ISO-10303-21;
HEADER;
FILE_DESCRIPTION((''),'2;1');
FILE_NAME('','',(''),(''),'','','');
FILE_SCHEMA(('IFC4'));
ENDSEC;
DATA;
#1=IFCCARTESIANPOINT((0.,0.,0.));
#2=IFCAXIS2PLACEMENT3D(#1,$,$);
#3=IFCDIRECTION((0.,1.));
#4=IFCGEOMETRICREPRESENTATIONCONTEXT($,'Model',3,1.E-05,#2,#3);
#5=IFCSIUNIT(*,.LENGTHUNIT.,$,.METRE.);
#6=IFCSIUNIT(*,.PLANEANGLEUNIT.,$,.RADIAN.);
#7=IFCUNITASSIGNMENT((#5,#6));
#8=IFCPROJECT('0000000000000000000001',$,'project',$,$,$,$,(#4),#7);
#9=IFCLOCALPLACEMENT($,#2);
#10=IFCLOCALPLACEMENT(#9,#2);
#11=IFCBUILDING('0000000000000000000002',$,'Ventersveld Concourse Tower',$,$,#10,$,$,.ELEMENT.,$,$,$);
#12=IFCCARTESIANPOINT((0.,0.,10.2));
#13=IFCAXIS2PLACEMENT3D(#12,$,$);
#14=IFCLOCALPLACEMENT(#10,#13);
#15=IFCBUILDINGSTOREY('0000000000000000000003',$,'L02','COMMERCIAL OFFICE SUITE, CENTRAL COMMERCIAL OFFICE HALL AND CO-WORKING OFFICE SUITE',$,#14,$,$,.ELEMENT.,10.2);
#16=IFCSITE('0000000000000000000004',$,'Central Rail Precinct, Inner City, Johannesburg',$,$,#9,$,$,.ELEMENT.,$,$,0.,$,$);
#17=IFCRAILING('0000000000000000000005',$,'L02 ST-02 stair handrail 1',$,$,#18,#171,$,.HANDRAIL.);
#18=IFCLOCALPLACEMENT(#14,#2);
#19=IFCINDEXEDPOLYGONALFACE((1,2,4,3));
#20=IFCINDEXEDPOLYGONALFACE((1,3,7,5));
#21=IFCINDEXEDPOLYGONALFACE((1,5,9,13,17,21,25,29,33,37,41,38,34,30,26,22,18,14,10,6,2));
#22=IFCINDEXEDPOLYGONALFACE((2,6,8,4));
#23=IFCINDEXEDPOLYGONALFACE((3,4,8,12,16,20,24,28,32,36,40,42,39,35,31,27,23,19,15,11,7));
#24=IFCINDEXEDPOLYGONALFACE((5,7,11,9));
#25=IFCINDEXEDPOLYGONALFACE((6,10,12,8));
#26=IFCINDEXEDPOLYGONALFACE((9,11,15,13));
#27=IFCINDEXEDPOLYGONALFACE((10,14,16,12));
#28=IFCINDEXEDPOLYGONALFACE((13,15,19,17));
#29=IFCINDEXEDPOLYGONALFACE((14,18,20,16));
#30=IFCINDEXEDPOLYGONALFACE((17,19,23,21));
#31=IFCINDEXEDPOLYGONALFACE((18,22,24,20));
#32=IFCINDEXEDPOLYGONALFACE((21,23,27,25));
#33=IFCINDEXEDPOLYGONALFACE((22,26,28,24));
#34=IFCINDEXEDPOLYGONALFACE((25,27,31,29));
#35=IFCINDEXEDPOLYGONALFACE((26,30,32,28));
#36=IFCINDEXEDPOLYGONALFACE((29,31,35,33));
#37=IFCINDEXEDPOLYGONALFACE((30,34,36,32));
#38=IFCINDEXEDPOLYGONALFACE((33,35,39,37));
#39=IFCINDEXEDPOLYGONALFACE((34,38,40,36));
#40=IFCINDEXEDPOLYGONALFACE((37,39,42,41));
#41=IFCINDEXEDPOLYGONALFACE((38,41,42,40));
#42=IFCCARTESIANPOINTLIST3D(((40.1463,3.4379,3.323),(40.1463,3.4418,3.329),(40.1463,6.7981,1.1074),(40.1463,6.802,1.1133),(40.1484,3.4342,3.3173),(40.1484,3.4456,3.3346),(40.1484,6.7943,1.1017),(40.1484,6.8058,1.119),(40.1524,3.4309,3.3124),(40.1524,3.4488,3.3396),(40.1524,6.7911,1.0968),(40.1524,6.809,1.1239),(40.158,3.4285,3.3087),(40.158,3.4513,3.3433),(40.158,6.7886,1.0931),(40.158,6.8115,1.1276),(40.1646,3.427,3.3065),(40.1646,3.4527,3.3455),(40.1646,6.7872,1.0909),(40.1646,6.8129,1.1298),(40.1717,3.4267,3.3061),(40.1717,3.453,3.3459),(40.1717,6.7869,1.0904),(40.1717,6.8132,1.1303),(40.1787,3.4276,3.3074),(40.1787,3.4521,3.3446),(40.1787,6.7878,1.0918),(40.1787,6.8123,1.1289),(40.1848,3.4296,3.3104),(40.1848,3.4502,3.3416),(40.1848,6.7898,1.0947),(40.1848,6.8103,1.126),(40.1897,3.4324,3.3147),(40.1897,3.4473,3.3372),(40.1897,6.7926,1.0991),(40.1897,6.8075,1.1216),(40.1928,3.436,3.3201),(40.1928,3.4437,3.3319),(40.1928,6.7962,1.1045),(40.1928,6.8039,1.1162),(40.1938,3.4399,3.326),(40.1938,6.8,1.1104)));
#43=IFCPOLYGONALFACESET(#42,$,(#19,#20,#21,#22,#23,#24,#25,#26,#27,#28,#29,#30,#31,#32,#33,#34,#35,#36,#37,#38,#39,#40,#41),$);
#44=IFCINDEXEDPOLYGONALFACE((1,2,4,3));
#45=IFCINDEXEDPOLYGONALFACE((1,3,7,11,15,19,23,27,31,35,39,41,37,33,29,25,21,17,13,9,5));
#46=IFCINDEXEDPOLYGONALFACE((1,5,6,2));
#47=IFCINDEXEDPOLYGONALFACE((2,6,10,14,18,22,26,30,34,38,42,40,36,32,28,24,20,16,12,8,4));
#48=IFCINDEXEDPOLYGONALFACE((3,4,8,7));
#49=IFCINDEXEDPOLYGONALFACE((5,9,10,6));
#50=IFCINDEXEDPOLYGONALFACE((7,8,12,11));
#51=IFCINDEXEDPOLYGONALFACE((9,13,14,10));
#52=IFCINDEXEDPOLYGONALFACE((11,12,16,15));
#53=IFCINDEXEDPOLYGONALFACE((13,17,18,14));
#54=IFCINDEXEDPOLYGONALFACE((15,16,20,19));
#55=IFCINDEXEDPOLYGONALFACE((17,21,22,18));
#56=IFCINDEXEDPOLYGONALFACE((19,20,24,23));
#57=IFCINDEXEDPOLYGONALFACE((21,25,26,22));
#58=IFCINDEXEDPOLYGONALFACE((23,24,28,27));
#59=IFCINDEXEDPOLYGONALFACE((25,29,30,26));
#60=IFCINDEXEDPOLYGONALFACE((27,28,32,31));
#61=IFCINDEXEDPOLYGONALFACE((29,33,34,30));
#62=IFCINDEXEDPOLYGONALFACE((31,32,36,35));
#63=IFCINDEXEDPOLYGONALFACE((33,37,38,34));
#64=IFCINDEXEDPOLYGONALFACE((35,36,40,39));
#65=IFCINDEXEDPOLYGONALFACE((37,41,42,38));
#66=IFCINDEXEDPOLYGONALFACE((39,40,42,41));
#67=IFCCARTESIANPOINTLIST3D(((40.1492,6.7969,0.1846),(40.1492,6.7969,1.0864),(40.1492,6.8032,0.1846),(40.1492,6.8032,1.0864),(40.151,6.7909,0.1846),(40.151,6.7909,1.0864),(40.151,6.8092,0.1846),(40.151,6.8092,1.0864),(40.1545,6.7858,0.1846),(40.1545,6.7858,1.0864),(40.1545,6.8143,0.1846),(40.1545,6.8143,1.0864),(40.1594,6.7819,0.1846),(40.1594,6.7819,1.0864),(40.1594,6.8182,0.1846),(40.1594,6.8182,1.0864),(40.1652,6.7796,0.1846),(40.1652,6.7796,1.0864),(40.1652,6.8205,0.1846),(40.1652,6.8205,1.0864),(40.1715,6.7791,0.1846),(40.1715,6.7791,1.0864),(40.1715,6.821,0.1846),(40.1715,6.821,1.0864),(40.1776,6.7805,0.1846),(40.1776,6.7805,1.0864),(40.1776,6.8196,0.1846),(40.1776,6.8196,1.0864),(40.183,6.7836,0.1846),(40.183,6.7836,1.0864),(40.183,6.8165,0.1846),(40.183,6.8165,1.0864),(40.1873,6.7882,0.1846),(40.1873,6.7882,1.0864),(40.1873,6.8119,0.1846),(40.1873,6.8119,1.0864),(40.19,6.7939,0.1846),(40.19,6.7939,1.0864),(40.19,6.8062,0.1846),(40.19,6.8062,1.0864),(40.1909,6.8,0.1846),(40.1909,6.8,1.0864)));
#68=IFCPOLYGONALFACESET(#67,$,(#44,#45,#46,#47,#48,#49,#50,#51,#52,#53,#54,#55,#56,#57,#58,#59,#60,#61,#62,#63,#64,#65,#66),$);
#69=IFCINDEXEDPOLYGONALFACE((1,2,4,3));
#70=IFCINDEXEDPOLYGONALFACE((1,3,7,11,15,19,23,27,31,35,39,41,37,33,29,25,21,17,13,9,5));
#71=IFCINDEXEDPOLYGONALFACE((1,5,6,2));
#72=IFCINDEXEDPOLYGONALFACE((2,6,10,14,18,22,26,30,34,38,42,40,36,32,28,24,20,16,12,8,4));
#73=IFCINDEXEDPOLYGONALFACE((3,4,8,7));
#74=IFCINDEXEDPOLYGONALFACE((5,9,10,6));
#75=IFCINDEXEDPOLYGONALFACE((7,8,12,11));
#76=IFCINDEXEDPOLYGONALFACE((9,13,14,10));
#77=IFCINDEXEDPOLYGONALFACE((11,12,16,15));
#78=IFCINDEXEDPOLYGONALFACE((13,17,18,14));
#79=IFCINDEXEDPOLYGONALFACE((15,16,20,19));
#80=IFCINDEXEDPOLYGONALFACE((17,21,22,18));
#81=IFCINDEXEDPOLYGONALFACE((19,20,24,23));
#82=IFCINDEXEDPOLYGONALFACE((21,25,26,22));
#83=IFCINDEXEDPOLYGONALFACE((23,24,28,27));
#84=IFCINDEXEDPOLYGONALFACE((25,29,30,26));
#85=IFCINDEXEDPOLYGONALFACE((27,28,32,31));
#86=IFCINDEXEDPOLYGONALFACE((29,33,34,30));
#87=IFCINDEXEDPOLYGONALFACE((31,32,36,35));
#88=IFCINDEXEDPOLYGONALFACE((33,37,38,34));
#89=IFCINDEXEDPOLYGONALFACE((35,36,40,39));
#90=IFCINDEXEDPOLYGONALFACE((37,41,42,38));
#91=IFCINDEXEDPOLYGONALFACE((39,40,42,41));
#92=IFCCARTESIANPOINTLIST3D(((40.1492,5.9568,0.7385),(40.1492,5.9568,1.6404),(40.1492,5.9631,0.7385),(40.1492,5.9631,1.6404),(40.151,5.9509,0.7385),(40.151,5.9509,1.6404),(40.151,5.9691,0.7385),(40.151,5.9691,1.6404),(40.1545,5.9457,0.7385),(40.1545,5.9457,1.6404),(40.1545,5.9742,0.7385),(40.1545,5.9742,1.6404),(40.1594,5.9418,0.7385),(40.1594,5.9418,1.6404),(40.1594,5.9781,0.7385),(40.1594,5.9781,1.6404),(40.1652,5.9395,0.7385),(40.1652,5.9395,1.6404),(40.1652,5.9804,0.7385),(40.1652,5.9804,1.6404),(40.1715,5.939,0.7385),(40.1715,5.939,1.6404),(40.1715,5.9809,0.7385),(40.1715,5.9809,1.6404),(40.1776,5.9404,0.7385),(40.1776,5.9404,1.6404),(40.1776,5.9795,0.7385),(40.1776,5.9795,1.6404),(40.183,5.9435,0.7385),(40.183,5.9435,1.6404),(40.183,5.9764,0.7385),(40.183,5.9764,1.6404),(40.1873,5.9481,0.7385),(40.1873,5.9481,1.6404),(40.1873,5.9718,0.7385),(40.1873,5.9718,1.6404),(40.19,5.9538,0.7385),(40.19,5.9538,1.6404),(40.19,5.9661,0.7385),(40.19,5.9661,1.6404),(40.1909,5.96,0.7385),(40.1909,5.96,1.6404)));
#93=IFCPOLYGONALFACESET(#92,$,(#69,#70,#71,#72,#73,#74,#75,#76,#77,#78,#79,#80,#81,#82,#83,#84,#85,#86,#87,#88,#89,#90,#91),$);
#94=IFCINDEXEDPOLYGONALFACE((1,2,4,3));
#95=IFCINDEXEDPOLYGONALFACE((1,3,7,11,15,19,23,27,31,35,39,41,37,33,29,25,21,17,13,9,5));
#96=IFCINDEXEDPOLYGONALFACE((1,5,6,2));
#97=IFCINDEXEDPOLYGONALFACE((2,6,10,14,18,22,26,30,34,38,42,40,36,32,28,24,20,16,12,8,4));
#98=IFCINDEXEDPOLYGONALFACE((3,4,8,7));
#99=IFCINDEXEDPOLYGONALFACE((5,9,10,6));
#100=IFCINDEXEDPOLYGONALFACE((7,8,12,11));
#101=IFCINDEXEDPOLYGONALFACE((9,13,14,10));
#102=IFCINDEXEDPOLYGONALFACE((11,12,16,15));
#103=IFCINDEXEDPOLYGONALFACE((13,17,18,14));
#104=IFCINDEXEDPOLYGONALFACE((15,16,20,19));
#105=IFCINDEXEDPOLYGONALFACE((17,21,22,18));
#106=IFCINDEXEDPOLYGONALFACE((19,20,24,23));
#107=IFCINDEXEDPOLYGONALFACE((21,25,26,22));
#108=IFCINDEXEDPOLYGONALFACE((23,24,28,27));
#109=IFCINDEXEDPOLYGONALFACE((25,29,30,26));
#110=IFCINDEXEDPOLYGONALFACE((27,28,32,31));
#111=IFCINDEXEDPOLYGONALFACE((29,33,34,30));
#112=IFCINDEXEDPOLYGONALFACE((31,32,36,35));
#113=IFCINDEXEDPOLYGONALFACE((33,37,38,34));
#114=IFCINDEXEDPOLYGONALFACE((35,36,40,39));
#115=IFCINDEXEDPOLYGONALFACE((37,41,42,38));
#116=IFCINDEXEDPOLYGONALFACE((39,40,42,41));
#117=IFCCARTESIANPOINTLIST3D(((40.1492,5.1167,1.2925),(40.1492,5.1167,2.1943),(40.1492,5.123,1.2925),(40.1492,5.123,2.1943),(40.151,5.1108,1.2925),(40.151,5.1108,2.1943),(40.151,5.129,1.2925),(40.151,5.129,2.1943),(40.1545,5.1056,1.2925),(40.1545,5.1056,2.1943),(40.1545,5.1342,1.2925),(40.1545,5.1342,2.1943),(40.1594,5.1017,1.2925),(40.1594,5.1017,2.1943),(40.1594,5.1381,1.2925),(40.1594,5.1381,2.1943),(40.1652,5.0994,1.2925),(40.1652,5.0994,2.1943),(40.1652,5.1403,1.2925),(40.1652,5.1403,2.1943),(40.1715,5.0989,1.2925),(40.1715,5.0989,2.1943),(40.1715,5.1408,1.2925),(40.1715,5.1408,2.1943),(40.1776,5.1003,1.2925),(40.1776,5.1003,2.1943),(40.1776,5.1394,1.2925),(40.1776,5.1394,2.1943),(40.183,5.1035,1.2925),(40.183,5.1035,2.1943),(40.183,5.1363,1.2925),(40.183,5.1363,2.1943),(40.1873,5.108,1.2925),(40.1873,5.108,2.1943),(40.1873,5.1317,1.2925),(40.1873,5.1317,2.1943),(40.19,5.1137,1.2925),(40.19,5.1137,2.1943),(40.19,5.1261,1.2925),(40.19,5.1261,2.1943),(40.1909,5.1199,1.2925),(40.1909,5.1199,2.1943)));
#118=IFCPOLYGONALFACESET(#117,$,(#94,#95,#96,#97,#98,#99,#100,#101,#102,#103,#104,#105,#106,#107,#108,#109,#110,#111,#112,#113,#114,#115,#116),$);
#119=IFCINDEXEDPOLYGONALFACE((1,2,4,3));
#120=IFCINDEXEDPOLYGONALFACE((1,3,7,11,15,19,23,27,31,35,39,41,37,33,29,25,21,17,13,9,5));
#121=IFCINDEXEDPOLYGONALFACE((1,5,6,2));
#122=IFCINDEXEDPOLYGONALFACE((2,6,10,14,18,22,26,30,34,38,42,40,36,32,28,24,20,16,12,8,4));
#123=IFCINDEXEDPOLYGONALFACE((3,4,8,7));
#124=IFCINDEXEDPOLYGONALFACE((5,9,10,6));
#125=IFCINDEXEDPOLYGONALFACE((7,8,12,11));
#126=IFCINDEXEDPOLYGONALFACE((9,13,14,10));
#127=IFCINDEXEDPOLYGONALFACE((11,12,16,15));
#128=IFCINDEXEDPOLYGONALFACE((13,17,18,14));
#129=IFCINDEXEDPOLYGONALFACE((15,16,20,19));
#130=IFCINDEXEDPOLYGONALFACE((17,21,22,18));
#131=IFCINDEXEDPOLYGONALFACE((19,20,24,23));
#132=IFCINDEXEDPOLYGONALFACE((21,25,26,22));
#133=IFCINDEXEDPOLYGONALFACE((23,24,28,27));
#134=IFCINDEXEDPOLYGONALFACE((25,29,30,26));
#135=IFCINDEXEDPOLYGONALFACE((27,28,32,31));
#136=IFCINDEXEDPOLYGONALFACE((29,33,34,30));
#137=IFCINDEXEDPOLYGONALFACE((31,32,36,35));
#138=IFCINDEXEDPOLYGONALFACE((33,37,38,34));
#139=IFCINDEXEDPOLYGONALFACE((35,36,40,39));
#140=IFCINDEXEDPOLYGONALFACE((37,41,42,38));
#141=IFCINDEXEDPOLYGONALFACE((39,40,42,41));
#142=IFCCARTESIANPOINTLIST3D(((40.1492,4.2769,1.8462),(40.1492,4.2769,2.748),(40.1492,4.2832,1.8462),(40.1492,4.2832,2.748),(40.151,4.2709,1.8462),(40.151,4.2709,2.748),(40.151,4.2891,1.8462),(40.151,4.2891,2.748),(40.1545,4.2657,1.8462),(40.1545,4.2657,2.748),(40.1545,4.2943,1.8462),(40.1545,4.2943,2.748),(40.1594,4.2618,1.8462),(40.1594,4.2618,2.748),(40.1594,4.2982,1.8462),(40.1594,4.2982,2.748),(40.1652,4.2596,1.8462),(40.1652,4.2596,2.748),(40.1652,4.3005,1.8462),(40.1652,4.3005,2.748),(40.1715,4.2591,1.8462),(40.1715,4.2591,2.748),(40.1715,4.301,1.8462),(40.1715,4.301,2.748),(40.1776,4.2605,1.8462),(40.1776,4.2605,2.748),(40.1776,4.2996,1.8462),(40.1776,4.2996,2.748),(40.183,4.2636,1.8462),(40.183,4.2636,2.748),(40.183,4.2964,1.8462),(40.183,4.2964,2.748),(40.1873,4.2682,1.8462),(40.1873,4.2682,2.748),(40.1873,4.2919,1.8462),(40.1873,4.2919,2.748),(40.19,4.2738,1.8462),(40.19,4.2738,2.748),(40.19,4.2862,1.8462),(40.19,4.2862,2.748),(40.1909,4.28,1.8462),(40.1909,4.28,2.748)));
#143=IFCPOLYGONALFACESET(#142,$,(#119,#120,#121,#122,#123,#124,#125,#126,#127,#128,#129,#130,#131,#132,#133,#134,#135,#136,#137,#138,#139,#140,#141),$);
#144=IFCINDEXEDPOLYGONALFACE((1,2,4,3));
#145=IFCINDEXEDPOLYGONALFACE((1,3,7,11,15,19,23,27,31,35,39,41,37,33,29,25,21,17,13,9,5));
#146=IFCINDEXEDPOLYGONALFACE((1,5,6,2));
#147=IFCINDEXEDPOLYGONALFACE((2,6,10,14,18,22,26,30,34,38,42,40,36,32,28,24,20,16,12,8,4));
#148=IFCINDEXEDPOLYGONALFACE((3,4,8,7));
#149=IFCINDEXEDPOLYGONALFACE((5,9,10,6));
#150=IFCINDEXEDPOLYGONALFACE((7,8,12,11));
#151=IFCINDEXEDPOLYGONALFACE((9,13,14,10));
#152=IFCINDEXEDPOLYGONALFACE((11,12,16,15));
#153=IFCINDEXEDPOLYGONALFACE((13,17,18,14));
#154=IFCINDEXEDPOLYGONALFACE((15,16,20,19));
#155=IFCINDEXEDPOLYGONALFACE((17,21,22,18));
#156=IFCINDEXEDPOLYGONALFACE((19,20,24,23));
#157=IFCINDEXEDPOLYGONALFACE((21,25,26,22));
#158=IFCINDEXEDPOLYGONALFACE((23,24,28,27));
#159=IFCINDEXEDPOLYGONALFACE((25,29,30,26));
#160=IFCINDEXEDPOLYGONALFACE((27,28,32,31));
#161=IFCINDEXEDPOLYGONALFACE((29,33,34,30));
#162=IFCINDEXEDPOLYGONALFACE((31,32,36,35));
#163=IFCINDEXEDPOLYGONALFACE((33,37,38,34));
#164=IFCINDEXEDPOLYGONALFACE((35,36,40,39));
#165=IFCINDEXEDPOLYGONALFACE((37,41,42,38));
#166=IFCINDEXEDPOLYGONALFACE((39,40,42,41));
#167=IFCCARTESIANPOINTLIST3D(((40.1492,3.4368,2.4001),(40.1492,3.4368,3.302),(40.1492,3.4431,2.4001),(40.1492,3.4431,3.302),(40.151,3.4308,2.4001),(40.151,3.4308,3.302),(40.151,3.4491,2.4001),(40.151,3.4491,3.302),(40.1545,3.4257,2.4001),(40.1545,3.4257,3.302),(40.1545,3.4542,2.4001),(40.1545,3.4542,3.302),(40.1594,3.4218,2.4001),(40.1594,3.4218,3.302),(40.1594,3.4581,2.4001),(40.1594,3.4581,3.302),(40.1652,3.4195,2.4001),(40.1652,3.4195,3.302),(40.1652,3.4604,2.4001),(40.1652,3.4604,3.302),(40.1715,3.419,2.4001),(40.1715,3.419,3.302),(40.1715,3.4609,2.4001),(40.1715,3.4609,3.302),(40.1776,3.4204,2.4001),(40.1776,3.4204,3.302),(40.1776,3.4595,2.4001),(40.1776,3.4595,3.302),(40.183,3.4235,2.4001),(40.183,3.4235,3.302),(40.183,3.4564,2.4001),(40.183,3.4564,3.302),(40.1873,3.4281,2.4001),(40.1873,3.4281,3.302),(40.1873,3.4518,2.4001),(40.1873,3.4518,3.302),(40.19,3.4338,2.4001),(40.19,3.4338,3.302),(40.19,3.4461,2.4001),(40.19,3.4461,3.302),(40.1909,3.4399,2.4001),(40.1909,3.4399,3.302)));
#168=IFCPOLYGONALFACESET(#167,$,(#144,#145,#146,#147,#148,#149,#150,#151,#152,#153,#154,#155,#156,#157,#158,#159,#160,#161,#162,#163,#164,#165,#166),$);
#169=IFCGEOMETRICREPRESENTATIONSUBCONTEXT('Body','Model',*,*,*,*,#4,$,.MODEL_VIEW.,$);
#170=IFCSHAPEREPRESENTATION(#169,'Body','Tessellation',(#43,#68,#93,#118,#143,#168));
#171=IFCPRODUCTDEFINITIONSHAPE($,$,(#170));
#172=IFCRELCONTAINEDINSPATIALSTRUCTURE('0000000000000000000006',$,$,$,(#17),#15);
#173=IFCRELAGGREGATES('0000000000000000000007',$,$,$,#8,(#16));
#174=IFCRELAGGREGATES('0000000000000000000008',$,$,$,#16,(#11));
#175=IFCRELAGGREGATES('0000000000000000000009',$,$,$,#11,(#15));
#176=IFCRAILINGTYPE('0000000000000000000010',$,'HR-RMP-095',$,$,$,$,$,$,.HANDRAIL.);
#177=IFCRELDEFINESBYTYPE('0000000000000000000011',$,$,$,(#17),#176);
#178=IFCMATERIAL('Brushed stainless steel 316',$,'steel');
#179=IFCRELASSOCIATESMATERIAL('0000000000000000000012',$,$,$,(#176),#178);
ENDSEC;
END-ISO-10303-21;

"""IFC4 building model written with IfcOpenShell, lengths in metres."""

from ifc_helpers import new_model, si_unit, direction, frame, origin, origin_2d, place, context, subcontext, project, spatial, circle, extrude, material, type_object, element, save


model = new_model("IFC4")

# Units and contexts
model_context = context("Model", 3, precision=1e-05, world=origin(), true_north=direction((0.0, 1.0)))
body_context = subcontext(model_context, "Body", "Model", "MODEL_VIEW")
ifc_project = project(units=[si_unit("LENGTHUNIT", "METRE"), si_unit("PLANEANGLEUNIT", "RADIAN")], contexts=[model_context])

# Site, building, storey
site_placement = place(None, origin())
site = spatial("IfcSite", under=ifc_project, at=site_placement, Name="Central Rail Precinct, Inner City, Johannesburg", CompositionType="ELEMENT", RefElevation=0.0)
building_placement = place(site_placement, origin())
building = spatial("IfcBuilding", under=site, at=building_placement, Name="Ventersveld Concourse Tower", CompositionType="ELEMENT")
storey_placement = place(building_placement, frame((0.0, 0.0, 10.2)))
storey = spatial("IfcBuildingStorey", under=building, at=storey_placement, Name="L02", Description="COMMERCIAL OFFICE SUITE, CENTRAL COMMERCIAL OFFICE HALL AND CO-WORKING OFFICE SUITE", CompositionType="ELEMENT", Elevation=10.2)

# Shared definitions
ifc_material_1 = material(Name="Brushed stainless steel 316", Category="steel")

# Railing
railing_type_1 = type_object("IfcRailingType", Name="HR-RMP-095", PredefinedType="HANDRAIL", material=ifc_material_1)
railing_1_placement = place(storey_placement, frame((40.1699, 6.8, 0.1846)))
element("IfcRailing", 1, at=railing_1_placement, inside=storey, type_object=railing_type_1, Name="L02 ST-02 stair handrail 1", PredefinedType="HANDRAIL", context=body_context, shape_type="SweptSolid", body=[
    extrude(circle(Radius=0.0239, at=origin_2d()), frame((0.0, 0.0, 0.9258), z_axis=(0.0, -0.834849, 0.55048), x_axis=(1.0, 0.0, 0.0)), (0.0, 0.0, 1.0), 4.0249),
    extrude(circle(Radius=0.021, at=origin_2d()), origin(), (0.0, 0.0, 1.0), 0.9019),
    extrude(circle(Radius=0.021, at=origin_2d()), frame((0.0, -0.8401, 0.554)), (0.0, 0.0, 1.0), 0.9019),
    extrude(circle(Radius=0.021, at=origin_2d()), frame((0.0, -1.6802, 1.1079)), (0.0, 0.0, 1.0), 0.9019),
    extrude(circle(Radius=0.021, at=origin_2d()), frame((0.0, -2.52, 1.6616)), (0.0, 0.0, 1.0), 0.9019),
    extrude(circle(Radius=0.021, at=origin_2d()), frame((0.0, -3.3601, 2.2156)), (0.0, 0.0, 1.0), 0.9019),
])

save(model, "model.ifc")
